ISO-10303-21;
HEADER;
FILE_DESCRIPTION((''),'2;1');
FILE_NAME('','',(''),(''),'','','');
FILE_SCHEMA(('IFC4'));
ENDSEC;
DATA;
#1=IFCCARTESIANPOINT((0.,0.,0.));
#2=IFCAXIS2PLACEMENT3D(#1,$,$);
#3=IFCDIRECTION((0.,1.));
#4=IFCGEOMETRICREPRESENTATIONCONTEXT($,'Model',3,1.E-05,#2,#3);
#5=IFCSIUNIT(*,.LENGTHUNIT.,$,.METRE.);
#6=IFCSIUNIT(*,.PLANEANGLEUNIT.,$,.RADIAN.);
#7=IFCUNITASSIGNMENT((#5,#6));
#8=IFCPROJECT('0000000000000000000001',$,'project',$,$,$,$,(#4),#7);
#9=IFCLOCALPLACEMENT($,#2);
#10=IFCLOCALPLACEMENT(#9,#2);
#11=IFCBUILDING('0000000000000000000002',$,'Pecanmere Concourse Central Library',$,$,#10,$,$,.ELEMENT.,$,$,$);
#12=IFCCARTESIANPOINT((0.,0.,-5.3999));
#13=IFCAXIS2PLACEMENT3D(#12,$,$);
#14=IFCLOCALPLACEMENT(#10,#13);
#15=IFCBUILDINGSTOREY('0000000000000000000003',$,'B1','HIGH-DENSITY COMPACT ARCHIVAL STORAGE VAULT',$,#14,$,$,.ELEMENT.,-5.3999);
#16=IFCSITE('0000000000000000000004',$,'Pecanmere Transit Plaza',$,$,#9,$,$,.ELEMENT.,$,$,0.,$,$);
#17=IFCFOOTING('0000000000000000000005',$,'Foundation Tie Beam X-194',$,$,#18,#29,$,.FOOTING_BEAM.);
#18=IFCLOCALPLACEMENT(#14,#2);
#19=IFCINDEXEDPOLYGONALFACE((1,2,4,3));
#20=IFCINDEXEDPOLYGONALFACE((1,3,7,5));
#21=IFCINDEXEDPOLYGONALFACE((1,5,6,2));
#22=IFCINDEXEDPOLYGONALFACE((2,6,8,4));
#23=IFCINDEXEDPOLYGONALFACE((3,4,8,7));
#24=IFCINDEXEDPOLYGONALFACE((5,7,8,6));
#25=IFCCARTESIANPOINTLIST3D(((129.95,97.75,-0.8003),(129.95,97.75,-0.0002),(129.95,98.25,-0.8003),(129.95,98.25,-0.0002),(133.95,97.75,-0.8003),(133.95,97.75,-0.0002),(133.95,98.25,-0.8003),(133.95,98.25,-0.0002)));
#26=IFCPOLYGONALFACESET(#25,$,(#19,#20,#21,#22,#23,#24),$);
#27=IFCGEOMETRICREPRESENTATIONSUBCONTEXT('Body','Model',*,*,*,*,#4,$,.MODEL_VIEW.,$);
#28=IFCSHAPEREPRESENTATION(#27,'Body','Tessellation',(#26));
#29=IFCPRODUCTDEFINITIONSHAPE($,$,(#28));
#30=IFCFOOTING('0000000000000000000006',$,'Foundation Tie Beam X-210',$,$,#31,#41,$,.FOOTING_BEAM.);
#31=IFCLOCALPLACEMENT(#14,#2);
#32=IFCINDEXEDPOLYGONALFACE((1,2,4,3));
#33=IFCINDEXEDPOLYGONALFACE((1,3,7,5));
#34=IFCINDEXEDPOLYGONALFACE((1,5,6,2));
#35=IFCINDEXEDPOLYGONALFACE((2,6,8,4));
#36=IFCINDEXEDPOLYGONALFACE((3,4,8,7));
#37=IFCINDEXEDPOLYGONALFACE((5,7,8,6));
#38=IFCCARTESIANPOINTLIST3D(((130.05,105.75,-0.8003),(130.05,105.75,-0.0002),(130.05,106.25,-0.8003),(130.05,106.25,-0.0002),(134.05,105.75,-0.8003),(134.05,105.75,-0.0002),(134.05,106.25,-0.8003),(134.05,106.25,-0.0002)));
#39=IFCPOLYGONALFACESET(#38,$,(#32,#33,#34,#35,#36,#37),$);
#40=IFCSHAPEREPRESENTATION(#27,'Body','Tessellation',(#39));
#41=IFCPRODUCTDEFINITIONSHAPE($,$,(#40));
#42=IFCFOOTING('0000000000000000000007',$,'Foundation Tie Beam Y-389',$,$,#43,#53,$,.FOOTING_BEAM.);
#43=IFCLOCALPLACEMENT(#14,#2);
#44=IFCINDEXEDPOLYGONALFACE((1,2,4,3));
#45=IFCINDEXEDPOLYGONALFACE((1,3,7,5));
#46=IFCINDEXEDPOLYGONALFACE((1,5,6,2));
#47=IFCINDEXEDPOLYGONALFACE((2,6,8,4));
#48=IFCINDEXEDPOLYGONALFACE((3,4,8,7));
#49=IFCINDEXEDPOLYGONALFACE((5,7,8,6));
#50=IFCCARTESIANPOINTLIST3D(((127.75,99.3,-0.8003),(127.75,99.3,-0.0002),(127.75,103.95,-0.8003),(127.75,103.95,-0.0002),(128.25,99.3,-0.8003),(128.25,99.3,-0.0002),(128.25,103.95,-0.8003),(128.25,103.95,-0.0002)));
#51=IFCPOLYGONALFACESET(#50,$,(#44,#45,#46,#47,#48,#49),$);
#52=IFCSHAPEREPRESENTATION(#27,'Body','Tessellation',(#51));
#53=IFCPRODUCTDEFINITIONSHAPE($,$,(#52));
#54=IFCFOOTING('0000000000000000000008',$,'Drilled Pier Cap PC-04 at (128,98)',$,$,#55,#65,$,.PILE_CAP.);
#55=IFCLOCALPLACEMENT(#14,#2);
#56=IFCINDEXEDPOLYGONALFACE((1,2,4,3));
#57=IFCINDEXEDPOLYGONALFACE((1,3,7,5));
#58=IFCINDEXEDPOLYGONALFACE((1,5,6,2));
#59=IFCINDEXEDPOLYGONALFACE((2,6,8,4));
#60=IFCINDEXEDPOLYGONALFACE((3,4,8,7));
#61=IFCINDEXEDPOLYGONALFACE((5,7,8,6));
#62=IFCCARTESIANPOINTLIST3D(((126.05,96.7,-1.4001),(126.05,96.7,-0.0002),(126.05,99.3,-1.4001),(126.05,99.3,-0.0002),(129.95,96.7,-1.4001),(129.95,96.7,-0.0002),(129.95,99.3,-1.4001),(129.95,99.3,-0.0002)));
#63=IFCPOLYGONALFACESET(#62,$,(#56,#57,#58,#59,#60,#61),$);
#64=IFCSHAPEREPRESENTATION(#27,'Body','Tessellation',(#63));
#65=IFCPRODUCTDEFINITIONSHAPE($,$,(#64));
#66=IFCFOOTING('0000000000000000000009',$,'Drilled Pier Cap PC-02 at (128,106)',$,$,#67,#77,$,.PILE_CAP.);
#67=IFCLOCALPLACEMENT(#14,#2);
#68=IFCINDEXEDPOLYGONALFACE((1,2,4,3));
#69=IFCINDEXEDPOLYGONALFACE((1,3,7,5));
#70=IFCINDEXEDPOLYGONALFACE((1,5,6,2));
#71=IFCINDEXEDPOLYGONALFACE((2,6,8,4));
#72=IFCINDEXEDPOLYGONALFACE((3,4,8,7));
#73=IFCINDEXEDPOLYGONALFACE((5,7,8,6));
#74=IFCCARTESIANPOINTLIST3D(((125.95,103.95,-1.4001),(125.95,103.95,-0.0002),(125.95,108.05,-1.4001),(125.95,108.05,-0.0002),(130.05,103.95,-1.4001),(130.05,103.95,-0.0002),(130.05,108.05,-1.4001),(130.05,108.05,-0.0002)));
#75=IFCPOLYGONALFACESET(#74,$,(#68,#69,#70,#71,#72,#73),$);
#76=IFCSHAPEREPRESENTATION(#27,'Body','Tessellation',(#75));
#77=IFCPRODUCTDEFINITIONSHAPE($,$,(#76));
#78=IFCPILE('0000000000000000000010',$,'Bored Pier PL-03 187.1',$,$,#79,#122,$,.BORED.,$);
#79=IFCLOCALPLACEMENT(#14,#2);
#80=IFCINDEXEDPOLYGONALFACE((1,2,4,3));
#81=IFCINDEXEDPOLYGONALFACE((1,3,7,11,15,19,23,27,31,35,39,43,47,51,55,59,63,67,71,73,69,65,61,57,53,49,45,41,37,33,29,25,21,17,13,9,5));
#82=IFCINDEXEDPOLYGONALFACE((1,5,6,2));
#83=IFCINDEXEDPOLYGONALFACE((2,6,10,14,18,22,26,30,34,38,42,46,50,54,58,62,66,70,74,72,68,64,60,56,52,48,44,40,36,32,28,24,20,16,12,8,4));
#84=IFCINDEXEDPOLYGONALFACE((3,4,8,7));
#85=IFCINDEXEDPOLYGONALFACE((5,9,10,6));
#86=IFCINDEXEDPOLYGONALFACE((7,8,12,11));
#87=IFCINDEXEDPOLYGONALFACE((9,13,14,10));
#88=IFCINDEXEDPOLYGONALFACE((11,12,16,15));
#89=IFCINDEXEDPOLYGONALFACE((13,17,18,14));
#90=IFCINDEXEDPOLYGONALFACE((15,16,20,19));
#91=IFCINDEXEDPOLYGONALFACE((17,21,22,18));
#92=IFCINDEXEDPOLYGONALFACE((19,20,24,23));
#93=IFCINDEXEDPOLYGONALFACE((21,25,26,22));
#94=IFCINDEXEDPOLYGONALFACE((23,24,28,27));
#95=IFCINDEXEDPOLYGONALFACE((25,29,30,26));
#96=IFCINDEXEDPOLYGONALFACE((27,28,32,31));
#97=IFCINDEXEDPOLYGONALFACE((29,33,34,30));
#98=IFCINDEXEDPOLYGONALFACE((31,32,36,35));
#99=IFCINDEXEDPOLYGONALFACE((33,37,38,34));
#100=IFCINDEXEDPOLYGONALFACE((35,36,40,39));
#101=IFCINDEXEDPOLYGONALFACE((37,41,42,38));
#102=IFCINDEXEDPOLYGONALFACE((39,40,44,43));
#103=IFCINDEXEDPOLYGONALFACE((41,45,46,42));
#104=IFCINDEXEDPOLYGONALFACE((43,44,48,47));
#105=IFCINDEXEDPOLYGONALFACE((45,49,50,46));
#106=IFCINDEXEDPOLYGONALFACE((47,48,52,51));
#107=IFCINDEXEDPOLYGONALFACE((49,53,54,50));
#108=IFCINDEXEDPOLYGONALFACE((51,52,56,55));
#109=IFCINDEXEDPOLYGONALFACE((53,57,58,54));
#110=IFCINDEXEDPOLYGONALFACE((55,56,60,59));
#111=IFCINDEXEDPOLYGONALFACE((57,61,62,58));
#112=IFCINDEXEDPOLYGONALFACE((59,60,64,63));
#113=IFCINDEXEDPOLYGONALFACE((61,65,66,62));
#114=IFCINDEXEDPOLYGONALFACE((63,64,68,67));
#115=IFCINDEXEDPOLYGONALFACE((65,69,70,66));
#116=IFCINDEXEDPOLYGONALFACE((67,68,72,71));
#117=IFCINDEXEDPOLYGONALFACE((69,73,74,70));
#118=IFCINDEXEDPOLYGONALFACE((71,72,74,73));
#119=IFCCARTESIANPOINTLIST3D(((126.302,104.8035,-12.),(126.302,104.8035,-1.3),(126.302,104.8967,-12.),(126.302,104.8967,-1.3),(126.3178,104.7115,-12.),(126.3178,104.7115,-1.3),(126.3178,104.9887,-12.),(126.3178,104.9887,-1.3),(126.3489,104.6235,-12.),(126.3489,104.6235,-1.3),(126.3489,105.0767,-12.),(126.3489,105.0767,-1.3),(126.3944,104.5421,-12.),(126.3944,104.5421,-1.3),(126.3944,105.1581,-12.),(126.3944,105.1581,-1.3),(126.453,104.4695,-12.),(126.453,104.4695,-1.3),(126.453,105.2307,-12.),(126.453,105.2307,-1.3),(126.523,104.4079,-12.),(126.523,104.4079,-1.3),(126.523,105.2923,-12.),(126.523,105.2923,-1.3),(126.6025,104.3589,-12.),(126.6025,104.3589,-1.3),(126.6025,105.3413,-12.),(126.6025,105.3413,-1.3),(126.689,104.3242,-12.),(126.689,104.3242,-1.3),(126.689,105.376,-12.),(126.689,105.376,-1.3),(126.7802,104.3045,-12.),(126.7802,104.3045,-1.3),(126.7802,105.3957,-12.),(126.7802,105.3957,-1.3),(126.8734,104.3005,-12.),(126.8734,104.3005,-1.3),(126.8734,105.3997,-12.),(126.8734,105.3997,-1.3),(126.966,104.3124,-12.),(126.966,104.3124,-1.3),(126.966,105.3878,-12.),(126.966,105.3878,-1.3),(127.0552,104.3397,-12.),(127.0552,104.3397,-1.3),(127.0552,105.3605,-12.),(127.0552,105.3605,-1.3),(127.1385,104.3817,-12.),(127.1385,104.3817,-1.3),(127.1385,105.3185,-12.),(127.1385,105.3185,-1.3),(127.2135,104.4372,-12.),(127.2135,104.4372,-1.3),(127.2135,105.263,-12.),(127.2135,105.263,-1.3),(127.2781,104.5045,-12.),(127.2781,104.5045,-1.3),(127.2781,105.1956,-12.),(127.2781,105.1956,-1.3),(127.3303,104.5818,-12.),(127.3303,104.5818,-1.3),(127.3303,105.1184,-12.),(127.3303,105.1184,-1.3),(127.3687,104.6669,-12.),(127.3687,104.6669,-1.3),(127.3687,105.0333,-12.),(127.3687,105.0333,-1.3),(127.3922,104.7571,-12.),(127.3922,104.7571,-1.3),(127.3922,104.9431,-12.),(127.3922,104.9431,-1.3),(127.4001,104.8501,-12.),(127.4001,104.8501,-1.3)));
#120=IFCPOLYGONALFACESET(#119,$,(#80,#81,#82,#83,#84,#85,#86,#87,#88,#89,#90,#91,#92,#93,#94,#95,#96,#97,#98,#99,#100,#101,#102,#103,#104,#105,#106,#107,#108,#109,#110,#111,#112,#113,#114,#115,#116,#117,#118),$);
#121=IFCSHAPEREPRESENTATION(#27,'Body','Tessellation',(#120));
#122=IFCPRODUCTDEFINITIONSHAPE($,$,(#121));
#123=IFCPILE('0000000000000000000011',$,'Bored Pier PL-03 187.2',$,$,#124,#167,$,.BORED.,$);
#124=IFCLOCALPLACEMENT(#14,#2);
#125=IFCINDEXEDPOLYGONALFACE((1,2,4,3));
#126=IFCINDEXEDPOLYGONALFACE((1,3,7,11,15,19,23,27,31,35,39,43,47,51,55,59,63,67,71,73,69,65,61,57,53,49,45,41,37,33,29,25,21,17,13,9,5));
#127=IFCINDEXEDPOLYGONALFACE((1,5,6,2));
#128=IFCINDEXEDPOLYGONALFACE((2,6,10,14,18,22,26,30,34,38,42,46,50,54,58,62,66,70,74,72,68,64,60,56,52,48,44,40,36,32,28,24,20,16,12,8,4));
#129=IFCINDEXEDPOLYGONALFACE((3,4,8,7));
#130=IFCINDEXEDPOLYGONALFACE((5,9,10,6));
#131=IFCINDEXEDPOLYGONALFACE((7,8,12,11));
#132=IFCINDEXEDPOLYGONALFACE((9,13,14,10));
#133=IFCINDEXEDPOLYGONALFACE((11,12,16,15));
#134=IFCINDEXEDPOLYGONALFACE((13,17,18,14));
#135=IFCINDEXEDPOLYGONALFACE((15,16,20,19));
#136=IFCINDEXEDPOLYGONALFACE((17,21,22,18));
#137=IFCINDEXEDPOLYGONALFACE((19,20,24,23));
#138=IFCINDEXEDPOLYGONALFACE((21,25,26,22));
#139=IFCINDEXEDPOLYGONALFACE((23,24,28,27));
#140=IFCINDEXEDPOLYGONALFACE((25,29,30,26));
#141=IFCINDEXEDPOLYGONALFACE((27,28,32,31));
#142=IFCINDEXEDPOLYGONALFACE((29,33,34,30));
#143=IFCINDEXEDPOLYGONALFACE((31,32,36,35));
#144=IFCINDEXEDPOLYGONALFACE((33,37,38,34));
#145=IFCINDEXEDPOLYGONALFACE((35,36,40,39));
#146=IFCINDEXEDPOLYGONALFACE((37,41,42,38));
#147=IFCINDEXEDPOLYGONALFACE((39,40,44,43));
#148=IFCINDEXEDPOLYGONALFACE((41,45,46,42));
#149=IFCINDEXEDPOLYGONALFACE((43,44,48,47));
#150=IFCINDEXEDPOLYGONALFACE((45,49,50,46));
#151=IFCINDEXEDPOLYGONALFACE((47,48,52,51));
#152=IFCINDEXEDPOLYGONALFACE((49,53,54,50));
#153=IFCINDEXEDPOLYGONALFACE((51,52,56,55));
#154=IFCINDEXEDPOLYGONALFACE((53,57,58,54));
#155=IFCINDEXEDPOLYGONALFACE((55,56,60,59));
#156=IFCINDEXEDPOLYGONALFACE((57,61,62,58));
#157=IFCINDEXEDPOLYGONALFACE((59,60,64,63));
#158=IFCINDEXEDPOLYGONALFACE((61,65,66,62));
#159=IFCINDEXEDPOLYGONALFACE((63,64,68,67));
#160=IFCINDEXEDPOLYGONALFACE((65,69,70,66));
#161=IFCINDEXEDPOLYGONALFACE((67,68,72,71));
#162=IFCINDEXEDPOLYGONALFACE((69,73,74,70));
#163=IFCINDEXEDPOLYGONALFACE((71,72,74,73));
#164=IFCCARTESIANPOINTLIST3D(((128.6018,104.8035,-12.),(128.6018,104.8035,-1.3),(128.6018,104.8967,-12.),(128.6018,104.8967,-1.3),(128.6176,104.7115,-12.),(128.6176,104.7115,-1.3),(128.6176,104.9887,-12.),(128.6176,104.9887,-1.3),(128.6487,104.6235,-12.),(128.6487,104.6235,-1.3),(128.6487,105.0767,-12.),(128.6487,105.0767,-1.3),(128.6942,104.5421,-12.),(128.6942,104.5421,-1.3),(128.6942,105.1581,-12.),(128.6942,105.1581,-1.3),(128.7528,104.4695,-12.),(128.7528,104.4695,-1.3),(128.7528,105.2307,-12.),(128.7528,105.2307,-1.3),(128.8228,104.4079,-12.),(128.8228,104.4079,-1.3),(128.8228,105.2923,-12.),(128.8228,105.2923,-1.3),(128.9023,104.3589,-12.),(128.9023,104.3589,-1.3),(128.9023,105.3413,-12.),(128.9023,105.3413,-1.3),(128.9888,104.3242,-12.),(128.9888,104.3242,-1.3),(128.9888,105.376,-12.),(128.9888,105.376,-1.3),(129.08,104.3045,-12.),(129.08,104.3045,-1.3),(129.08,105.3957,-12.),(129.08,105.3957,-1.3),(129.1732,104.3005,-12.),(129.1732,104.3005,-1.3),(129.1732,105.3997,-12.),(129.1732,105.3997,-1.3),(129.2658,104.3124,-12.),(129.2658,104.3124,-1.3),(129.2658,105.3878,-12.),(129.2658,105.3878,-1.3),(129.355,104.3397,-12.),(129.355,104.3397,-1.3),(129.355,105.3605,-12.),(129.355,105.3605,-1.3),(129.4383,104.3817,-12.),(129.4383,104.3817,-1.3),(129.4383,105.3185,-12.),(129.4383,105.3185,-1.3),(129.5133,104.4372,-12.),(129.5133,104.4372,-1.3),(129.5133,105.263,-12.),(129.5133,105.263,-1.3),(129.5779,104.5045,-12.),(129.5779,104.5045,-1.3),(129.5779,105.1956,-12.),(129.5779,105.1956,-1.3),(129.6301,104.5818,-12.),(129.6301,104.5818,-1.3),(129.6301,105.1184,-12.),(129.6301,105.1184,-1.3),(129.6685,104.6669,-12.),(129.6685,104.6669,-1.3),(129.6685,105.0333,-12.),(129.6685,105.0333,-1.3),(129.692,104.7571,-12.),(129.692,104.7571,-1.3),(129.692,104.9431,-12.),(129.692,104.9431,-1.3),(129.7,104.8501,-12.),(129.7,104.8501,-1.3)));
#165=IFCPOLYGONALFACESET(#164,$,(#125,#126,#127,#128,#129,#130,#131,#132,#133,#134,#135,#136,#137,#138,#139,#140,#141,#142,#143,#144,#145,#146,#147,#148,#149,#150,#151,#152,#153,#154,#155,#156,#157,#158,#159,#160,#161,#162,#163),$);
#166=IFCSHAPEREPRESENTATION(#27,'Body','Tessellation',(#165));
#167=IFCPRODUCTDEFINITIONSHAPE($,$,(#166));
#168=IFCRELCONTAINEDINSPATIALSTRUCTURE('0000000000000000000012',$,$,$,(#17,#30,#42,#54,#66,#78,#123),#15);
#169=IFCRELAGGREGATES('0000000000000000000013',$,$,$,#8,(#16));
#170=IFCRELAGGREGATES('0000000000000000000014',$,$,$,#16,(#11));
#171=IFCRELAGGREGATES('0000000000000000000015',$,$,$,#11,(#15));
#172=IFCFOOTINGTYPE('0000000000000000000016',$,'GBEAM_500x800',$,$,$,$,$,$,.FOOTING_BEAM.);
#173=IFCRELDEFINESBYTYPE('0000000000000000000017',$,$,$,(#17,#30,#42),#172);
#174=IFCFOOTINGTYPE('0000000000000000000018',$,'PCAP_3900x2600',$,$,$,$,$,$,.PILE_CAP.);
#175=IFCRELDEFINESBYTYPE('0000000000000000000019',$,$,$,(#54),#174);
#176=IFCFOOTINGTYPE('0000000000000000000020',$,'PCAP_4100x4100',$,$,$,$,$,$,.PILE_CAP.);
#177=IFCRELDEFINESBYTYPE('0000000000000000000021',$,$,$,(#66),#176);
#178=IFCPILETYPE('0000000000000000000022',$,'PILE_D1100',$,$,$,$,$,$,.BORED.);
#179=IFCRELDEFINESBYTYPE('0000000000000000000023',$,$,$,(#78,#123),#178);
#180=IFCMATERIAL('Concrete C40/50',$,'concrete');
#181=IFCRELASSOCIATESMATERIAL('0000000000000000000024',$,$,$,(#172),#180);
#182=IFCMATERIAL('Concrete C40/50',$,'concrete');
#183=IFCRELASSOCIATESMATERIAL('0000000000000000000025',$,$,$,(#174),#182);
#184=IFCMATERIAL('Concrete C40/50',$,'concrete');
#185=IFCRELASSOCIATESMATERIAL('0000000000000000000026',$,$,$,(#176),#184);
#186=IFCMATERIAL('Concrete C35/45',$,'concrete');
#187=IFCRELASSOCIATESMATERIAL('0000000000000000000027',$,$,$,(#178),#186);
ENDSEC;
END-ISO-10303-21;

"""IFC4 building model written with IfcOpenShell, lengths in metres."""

from ifc_helpers import new_model, si_unit, direction, frame, origin, origin_2d, place, context, subcontext, project, spatial, rectangle, circle, extrude, material, material_profile, profile_set, type_object, element, save


model = new_model("IFC4")

# Units and contexts
model_context = context("Model", 3, precision=1e-05, world=origin(), true_north=direction((0.0, 1.0)))
body_context = subcontext(model_context, "Body", "Model", "MODEL_VIEW")
ifc_project = project(units=[si_unit("LENGTHUNIT", "METRE"), si_unit("PLANEANGLEUNIT", "RADIAN")], contexts=[model_context])

# Site, building, storey
site_placement = place(None, origin())
site = spatial("IfcSite", under=ifc_project, at=site_placement, Name="Pecanmere Transit Plaza", CompositionType="ELEMENT", RefElevation=0.0)
building_placement = place(site_placement, origin())
building = spatial("IfcBuilding", under=site, at=building_placement, Name="Pecanmere Concourse Central Library", CompositionType="ELEMENT")
storey_placement = place(building_placement, frame((0.0, 0.0, -5.3999)))
storey = spatial("IfcBuildingStorey", under=building, at=storey_placement, Name="B1", Description="HIGH-DENSITY COMPACT ARCHIVAL STORAGE VAULT", CompositionType="ELEMENT", Elevation=-5.3999)

# Footings
ifc_material_1 = material(Name="Concrete C40/50", Category="concrete")
ifc_material_profile_1 = material_profile(ifc_material_1, rectangle(XDim=0.5, YDim=0.8, at=origin_2d()), Name="RC 500x800")
ifc_profile_set_1 = profile_set([ifc_material_profile_1], Name="Concrete C40/50")
footing_type_1 = type_object("IfcFootingType", Name="GBEAM_500x800", PredefinedType="FOOTING_BEAM", material=ifc_profile_set_1)
for number, where, z_axis, x_axis, name in (
    (1, (131.95, 98.0, -0.8003), (0.0, 0.0, 1.0), (1.0, 0.0, 0.0), "Foundation Tie Beam X-194"),
    (2, (132.05, 106.0, -0.8003), (0.0, 0.0, 1.0), (1.0, 0.0, 0.0), "Foundation Tie Beam X-210"),
):
    element("IfcFooting", number, at=place(storey_placement, frame(where, z_axis=z_axis, x_axis=x_axis)), inside=storey, type_object=footing_type_1, Name=name, PredefinedType="FOOTING_BEAM", context=body_context, shape_type="SweptSolid", body=[
        extrude(rectangle(XDim=4.0, YDim=0.5, at=origin_2d()), origin(), (0.0, 0.0, 1.0), 0.8),
    ])
footing_1_placement = place(storey_placement, frame((128.0, 101.625, -0.8003), z_axis=(0.0, 0.0, 1.0), x_axis=(0.0, 1.0, 0.0)))
element("IfcFooting", 3, at=footing_1_placement, inside=storey, type_object=footing_type_1, Name="Foundation Tie Beam Y-389", PredefinedType="FOOTING_BEAM", context=body_context, shape_type="SweptSolid", body=[
    extrude(rectangle(XDim=4.6499, YDim=0.5, at=origin_2d()), origin(), (0.0, 0.0, 1.0), 0.8),
])
ifc_material_2 = material(Name="Concrete C40/50", Category="concrete")
footing_type_2 = type_object("IfcFootingType", Name="PCAP_3900x2600", PredefinedType="PILE_CAP", material=ifc_material_2)
footing_2_placement = place(storey_placement, frame((128.0, 98.0, -1.4001), z_axis=(0.0, 0.0, 1.0), x_axis=(1.0, 0.0, 0.0)))
element("IfcFooting", 4, at=footing_2_placement, inside=storey, type_object=footing_type_2, Name="Drilled Pier Cap PC-04 at (128,98)", PredefinedType="PILE_CAP", context=body_context, shape_type="SweptSolid", body=[
    extrude(rectangle(XDim=3.8999, YDim=2.6001, at=origin_2d()), origin(), (0.0, 0.0, 1.0), 1.3999),
])
ifc_material_3 = material(Name="Concrete C40/50", Category="concrete")
footing_type_3 = type_object("IfcFootingType", Name="PCAP_4100x4100", PredefinedType="PILE_CAP", material=ifc_material_3)
footing_3_placement = place(storey_placement, frame((128.0, 106.0, -1.4001), z_axis=(0.0, 0.0, 1.0), x_axis=(1.0, 0.0, 0.0)))
element("IfcFooting", 5, at=footing_3_placement, inside=storey, type_object=footing_type_3, Name="Drilled Pier Cap PC-02 at (128,106)", PredefinedType="PILE_CAP", context=body_context, shape_type="SweptSolid", body=[
    extrude(rectangle(XDim=4.1001, YDim=4.1001, at=origin_2d()), origin(), (0.0, 0.0, 1.0), 1.3999),
])

# Piles
ifc_material_4 = material(Name="Concrete C35/45", Category="concrete")
ifc_material_profile_2 = material_profile(ifc_material_4, circle(Radius=0.55, at=origin_2d()), Name="PIER D1100")
ifc_profile_set_2 = profile_set([ifc_material_profile_2], Name="Concrete C35/45")
pile_type_1 = type_object("IfcPileType", Name="PILE_D1100", PredefinedType="BORED", material=ifc_profile_set_2)
for number, where, z_axis, x_axis, name in (
    (6, (126.8501, 104.8501, -1.3), (0.0, 0.0, -1.0), (1.0, 0.0, 0.0), "Bored Pier PL-03 187.1"),
    (7, (129.1499, 104.8501, -1.3), (0.0, 0.0, -1.0), (1.0, 0.0, 0.0), "Bored Pier PL-03 187.2"),
):
    element("IfcPile", number, at=place(storey_placement, frame(where, z_axis=z_axis, x_axis=x_axis)), inside=storey, type_object=pile_type_1, Name=name, PredefinedType="BORED", context=body_context, shape_type="SweptSolid", body=[
        extrude(circle(Radius=0.55, at=origin_2d()), origin(), (0.0, 0.0, 1.0), 10.7),
    ])

save(model, "model.ifc")
